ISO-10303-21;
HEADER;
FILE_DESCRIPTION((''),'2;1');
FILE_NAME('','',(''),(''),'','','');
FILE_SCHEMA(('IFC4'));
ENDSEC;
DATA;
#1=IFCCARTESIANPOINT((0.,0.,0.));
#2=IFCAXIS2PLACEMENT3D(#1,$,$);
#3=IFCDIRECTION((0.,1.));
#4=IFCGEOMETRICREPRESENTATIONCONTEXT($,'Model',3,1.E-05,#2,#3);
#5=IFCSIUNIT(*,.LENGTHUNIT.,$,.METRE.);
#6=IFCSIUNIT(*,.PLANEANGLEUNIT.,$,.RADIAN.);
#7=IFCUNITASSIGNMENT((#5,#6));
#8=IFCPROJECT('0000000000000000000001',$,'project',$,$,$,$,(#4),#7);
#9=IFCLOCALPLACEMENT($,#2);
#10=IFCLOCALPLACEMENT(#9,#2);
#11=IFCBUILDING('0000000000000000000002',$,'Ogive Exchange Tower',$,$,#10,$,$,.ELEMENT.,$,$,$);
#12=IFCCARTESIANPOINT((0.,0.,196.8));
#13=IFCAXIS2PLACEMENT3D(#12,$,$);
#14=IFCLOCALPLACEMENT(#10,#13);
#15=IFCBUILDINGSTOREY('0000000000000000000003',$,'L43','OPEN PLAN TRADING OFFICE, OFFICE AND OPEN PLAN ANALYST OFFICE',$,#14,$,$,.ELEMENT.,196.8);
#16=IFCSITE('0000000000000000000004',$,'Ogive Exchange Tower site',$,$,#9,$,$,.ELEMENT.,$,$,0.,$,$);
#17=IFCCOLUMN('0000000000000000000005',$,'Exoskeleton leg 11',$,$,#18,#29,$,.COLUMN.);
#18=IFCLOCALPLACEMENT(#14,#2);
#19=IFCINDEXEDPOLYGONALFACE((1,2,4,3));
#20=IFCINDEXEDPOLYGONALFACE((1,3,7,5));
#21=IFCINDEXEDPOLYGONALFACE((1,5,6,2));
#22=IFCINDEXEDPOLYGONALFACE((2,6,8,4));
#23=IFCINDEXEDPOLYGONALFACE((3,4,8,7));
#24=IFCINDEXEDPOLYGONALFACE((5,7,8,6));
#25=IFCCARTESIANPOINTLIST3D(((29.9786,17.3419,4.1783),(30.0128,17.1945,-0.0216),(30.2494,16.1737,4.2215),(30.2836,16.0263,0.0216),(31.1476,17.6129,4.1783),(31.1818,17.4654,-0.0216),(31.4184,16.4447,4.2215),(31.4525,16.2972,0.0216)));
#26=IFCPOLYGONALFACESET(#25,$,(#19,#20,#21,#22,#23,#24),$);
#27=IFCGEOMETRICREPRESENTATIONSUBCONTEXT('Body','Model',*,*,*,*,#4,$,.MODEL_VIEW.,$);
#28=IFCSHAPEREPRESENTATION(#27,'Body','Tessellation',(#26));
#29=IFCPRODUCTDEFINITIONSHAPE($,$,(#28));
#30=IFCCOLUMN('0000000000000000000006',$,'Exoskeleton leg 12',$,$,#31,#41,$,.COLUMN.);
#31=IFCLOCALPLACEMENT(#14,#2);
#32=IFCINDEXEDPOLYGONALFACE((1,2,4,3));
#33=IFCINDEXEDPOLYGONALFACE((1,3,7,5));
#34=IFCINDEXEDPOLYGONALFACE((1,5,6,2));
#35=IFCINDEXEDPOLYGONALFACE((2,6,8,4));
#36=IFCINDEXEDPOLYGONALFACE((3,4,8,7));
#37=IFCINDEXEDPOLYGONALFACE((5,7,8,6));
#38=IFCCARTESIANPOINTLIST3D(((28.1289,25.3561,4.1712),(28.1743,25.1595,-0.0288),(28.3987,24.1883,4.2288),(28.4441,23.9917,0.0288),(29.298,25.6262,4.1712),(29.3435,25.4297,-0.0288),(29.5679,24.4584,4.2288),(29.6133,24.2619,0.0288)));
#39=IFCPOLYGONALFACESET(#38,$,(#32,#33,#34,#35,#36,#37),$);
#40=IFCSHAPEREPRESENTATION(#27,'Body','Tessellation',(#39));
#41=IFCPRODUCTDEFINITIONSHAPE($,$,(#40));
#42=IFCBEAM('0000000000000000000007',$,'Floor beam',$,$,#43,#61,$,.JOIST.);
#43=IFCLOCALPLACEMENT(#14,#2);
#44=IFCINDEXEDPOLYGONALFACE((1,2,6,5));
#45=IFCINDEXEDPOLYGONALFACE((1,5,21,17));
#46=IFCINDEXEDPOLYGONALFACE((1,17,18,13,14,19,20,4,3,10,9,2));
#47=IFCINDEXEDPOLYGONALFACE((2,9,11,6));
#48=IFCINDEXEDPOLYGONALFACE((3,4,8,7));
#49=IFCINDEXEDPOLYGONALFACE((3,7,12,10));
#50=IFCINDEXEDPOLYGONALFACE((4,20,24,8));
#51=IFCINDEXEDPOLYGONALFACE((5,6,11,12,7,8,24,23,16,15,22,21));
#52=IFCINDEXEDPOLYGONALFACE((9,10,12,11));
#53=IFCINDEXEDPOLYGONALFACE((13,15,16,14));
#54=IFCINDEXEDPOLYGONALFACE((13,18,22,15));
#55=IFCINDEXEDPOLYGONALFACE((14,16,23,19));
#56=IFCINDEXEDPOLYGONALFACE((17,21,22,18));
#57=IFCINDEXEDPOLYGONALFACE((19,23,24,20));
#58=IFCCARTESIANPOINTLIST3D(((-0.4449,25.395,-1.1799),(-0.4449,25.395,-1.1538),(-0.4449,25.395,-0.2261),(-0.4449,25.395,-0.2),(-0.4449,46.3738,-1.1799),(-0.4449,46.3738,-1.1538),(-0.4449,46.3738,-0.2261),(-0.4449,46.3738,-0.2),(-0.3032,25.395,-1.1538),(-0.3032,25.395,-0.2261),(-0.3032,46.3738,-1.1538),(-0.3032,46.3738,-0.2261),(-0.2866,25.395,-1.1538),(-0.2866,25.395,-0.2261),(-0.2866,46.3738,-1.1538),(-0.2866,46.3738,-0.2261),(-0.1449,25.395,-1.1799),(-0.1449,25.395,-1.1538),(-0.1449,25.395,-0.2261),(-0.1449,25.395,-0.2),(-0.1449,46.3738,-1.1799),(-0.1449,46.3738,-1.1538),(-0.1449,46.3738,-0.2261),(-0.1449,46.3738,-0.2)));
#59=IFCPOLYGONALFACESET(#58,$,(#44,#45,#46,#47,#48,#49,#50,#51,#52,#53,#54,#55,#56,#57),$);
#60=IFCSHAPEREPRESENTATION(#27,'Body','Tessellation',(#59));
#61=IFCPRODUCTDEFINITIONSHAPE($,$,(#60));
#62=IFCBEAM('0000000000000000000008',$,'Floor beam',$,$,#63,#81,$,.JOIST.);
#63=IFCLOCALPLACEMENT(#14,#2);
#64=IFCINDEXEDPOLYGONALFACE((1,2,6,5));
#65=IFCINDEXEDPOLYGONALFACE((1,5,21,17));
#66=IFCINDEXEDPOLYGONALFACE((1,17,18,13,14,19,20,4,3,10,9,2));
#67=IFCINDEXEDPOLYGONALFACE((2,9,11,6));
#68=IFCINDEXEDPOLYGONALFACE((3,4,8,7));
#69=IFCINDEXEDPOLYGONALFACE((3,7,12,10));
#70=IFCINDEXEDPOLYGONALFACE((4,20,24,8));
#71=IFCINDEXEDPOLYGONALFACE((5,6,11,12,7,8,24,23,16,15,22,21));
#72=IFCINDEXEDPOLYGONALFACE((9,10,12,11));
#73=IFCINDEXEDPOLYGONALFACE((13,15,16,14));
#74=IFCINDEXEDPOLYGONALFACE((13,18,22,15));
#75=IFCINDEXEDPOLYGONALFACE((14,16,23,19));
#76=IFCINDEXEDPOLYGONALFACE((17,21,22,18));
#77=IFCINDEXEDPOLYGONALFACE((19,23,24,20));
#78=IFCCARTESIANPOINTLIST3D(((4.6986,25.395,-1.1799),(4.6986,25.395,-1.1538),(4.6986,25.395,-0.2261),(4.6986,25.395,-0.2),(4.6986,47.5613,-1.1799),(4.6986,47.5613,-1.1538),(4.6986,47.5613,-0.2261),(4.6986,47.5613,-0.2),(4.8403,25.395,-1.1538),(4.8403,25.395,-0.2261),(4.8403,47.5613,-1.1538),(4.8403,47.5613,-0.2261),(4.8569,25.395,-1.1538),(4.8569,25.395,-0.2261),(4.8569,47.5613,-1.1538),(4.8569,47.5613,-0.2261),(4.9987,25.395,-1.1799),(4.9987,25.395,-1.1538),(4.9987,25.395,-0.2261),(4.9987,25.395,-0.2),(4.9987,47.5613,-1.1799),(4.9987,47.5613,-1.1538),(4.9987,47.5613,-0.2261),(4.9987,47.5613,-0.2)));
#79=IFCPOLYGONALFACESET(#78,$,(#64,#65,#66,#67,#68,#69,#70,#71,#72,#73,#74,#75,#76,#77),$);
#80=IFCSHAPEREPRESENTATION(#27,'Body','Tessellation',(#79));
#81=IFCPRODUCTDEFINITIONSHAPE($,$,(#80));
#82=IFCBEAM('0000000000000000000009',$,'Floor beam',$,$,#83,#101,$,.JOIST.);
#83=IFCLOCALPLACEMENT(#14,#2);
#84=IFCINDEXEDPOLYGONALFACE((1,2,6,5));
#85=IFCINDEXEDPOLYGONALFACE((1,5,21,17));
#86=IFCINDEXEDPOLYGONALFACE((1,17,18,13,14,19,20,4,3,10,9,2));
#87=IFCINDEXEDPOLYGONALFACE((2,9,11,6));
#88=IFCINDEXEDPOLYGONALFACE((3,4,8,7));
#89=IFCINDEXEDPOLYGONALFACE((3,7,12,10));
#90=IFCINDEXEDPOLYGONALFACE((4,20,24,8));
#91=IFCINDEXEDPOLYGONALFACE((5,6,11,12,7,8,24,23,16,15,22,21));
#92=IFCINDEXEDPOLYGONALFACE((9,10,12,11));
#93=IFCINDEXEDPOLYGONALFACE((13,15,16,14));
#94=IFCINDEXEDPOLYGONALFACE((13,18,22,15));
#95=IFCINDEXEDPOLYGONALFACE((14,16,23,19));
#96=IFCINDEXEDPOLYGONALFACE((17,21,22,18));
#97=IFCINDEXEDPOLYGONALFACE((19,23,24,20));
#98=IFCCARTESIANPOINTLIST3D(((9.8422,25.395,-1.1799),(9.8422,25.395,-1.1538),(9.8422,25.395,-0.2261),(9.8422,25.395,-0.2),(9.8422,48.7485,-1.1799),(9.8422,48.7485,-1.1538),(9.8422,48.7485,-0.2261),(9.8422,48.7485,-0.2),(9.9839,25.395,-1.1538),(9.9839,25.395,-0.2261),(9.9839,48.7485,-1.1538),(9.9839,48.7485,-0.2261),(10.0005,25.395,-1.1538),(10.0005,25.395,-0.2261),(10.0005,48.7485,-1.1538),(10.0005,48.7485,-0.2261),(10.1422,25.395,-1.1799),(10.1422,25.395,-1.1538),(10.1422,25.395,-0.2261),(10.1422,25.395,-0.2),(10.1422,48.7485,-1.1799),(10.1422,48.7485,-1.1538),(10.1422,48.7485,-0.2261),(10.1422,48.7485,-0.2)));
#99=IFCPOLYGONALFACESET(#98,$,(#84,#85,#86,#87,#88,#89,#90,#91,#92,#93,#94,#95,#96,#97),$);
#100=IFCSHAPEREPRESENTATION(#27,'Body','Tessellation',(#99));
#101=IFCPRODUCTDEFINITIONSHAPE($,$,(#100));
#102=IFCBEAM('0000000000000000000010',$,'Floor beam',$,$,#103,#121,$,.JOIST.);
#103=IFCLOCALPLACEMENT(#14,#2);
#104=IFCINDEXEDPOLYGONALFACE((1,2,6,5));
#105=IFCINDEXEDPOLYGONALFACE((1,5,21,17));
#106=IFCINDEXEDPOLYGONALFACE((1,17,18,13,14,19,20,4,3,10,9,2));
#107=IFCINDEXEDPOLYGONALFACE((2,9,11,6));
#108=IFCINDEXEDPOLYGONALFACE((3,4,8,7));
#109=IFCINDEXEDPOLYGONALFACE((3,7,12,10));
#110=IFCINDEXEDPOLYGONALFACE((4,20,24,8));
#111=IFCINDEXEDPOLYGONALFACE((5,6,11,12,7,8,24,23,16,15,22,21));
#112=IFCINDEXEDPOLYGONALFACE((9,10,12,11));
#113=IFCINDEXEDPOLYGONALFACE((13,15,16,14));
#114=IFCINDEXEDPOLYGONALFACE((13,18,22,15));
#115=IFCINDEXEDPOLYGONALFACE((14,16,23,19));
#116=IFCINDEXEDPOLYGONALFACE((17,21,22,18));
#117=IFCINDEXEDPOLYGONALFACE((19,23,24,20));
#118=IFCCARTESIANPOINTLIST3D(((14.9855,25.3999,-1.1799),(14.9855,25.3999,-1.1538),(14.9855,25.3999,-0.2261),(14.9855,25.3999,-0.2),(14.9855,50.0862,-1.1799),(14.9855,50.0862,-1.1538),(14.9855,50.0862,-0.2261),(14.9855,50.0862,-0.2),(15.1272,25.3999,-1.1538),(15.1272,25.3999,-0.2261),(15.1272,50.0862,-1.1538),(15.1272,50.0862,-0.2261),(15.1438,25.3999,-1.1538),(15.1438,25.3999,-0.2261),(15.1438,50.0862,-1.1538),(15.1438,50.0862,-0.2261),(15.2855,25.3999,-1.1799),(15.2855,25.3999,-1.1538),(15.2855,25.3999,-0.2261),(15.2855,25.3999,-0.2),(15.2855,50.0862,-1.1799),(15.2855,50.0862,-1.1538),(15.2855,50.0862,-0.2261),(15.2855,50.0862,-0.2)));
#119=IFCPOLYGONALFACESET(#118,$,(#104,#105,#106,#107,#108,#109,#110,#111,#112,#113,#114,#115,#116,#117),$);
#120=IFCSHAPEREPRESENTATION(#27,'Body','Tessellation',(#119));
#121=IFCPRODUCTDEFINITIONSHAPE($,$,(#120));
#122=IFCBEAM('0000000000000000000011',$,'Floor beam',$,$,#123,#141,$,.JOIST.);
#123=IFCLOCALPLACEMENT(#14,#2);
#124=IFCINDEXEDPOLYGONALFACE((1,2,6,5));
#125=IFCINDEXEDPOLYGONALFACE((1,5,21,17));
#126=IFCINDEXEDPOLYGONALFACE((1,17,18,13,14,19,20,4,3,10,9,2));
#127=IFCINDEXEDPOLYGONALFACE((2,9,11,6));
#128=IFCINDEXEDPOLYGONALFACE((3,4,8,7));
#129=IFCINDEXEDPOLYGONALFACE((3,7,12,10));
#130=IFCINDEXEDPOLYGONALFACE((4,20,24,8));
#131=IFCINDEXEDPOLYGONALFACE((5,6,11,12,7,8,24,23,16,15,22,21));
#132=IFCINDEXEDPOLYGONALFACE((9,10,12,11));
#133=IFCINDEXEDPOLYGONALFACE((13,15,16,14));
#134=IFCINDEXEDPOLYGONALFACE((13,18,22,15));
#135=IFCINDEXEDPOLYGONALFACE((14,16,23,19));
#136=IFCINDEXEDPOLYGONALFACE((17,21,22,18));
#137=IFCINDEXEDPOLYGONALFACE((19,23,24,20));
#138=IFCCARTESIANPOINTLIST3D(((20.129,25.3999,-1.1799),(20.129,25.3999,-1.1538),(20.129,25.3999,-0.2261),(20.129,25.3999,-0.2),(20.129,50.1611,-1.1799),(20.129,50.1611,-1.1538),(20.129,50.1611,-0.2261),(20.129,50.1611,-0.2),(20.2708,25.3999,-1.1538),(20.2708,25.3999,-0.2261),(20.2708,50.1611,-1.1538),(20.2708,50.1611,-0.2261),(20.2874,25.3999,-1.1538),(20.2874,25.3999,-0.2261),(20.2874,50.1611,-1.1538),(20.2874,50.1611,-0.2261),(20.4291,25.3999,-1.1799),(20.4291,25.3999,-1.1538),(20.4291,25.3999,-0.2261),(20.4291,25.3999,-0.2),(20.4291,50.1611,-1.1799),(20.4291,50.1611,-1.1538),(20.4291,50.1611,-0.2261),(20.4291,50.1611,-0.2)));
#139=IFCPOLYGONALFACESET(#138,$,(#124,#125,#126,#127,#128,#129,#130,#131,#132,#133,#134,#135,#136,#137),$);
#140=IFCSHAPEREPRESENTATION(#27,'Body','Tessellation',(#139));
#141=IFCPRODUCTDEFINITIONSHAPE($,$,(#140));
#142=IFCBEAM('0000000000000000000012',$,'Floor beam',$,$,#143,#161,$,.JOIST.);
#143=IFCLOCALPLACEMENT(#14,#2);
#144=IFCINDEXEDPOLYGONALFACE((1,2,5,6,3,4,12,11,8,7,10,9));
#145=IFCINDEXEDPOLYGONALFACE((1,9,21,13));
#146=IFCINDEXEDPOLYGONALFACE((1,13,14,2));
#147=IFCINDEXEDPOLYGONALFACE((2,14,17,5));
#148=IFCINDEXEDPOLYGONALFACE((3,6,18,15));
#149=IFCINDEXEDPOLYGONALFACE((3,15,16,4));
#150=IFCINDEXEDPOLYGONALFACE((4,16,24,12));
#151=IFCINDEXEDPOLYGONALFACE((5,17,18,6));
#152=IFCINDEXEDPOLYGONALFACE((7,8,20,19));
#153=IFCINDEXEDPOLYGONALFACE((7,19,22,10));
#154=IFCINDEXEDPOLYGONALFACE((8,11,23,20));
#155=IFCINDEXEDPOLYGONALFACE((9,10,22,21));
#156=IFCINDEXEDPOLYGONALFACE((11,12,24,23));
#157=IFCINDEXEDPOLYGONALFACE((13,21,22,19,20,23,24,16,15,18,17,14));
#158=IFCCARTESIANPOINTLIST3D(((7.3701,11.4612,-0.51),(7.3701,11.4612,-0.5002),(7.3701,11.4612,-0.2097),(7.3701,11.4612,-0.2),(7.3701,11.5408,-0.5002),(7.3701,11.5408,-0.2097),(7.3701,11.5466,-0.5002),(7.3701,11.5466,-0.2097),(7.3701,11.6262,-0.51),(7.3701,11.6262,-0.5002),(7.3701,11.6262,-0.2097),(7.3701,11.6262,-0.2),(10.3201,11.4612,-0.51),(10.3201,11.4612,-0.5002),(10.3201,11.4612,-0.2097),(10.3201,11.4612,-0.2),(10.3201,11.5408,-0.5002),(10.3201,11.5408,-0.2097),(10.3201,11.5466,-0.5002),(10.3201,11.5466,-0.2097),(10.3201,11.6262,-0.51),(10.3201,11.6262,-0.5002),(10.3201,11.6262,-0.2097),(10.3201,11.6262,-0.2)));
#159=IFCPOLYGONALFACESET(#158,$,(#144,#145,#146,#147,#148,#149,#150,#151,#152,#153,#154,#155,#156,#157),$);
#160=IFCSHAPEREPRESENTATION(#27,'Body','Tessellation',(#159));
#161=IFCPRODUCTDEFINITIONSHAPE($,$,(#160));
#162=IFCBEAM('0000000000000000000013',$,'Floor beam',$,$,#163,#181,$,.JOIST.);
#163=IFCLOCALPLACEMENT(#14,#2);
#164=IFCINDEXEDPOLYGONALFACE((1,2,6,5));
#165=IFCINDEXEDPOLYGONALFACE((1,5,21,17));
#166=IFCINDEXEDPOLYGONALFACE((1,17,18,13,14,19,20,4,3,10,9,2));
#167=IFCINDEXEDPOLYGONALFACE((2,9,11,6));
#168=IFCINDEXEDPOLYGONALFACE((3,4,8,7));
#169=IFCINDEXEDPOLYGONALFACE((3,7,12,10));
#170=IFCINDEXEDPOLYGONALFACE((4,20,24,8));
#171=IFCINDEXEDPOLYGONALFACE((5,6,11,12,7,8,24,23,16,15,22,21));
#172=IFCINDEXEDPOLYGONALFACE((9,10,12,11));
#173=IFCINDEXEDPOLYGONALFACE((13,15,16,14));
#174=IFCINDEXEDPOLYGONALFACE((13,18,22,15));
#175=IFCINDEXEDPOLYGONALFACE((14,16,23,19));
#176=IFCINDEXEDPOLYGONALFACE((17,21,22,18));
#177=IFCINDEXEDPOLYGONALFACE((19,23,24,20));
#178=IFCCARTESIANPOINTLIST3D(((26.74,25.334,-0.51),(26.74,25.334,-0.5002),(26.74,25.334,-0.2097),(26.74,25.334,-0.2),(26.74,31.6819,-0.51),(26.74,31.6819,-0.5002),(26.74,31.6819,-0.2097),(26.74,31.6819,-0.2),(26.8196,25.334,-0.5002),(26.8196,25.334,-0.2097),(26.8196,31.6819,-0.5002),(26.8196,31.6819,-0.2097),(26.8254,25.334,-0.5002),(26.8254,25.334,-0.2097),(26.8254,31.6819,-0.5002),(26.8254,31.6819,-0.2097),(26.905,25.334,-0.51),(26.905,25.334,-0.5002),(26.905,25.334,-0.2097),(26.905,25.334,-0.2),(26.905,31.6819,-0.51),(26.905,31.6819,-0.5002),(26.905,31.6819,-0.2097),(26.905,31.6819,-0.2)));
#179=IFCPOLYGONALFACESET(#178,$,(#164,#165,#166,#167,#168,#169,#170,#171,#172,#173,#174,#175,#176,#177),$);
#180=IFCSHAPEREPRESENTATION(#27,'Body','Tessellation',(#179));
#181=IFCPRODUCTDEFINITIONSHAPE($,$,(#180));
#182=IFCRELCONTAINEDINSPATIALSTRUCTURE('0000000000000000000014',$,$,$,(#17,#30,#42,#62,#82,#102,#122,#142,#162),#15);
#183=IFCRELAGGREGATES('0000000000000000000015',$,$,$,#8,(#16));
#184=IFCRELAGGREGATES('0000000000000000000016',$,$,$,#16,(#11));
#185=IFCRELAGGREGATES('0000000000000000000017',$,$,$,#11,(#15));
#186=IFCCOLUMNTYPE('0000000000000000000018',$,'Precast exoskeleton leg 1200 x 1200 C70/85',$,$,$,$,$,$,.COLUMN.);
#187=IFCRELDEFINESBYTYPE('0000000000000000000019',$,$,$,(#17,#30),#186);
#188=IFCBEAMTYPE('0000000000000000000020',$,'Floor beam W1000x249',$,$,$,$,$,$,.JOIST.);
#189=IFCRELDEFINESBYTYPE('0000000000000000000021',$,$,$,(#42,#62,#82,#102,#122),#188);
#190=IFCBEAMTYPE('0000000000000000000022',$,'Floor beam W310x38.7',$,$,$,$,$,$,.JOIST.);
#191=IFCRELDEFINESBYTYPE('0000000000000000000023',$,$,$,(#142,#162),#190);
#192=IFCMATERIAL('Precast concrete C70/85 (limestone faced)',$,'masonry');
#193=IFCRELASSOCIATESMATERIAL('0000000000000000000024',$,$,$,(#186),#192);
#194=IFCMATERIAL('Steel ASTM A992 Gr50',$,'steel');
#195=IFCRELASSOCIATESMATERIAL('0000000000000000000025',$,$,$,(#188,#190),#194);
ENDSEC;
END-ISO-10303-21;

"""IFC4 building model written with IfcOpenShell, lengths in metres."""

from ifc_helpers import new_model, si_unit, direction, frame, origin, origin_2d, place, context, subcontext, project, spatial, rectangle, i_section, extrude, material, material_profile, profile_set, type_object, element, save


model = new_model("IFC4")

# Units and contexts
model_context = context("Model", 3, precision=1e-05, world=origin(), true_north=direction((0.0, 1.0)))
body_context = subcontext(model_context, "Body", "Model", "MODEL_VIEW")
ifc_project = project(units=[si_unit("LENGTHUNIT", "METRE"), si_unit("PLANEANGLEUNIT", "RADIAN")], contexts=[model_context])

# Site, building, storey
site_placement = place(None, origin())
site = spatial("IfcSite", under=ifc_project, at=site_placement, Name="Ogive Exchange Tower site", CompositionType="ELEMENT", RefElevation=0.0)
building_placement = place(site_placement, origin())
building = spatial("IfcBuilding", under=site, at=building_placement, Name="Ogive Exchange Tower", CompositionType="ELEMENT")
storey_placement = place(building_placement, frame((0.0, 0.0, 196.8)))
storey = spatial("IfcBuildingStorey", under=building, at=storey_placement, Name="L43", Description="OPEN PLAN TRADING OFFICE, OFFICE AND OPEN PLAN ANALYST OFFICE", CompositionType="ELEMENT", Elevation=196.8)

# Columns
ifc_material_1 = material(Name="Precast concrete C70/85 (limestone faced)", Category="masonry")
ifc_material_profile_1 = material_profile(ifc_material_1, rectangle(XDim=1.2, YDim=1.2, at=origin_2d()), Name="1200 x 1200")
ifc_profile_set_1 = profile_set([ifc_material_profile_1], Name="Precast concrete C70/85 (limestone faced)")
column_type = type_object("IfcColumnType", Name="Precast exoskeleton leg 1200 x 1200 C70/85", PredefinedType="COLUMN", material=ifc_profile_set_1)
column_1_placement = place(storey_placement, frame((30.7327, 16.7458, 0.0), z_axis=(-0.008133, 0.035087, 0.999351), x_axis=(-0.974173, -0.225802, 0.0)))
element("IfcColumn", 1, at=column_1_placement, inside=storey, type_object=column_type, Name="Exoskeleton leg 11", PredefinedType="COLUMN", context=body_context, shape_type="SweptSolid", body=[
    extrude(rectangle(XDim=1.2, YDim=1.2, at=origin_2d()), origin(), (0.0, 0.0, 1.0), 4.2026),
])
column_2_placement = place(storey_placement, frame((28.8938, 24.7107, 0.0), z_axis=(-0.0108, 0.04674, 0.998849), x_axis=(-0.97433, -0.225125, 0.0)))
element("IfcColumn", 2, at=column_2_placement, inside=storey, type_object=column_type, Name="Exoskeleton leg 12", PredefinedType="COLUMN", context=body_context, shape_type="SweptSolid", body=[
    extrude(rectangle(XDim=1.2, YDim=1.2, at=origin_2d()), origin(), (0.0, 0.0, 1.0), 4.2048),
])

# Beams
ifc_material_2 = material(Name="Steel ASTM A992 Gr50", Category="steel")
ifc_material_profile_2 = material_profile(ifc_material_2, i_section(OverallWidth=0.3, OverallDepth=0.98, WebThickness=0.0166, FlangeThickness=0.0261, at=origin_2d()), Name="W1000x249")
ifc_profile_set_2 = profile_set([ifc_material_profile_2], Name="Steel ASTM A992 Gr50")
beam_type_1 = type_object("IfcBeamType", Name="Floor beam W1000x249", PredefinedType="JOIST", material=ifc_profile_set_2)
beam_1_placement = place(storey_placement, frame((-0.2949, 25.395, -0.6899), z_axis=(0.0, 1.0, 0.0), x_axis=(-1.0, 0.0, 0.0)))
element("IfcBeam", 3, at=beam_1_placement, inside=storey, type_object=beam_type_1, Name="Floor beam", PredefinedType="JOIST", context=body_context, shape_type="SweptSolid", body=[
    extrude(i_section(OverallWidth=0.3, OverallDepth=0.98, WebThickness=0.0166, FlangeThickness=0.0261, at=origin_2d()), origin(), (0.0, 0.0, 1.0), 20.9788),
])
beam_2_placement = place(storey_placement, frame((4.8486, 25.395, -0.6899), z_axis=(0.0, 1.0, 0.0), x_axis=(-1.0, 0.0, 0.0)))
element("IfcBeam", 4, at=beam_2_placement, inside=storey, type_object=beam_type_1, Name="Floor beam", PredefinedType="JOIST", context=body_context, shape_type="SweptSolid", body=[
    extrude(i_section(OverallWidth=0.3, OverallDepth=0.98, WebThickness=0.0166, FlangeThickness=0.0261, at=origin_2d()), origin(), (0.0, 0.0, 1.0), 22.1663),
])
beam_3_placement = place(storey_placement, frame((9.9922, 25.395, -0.6899), z_axis=(0.0, 1.0, 0.0), x_axis=(-1.0, 0.0, 0.0)))
element("IfcBeam", 5, at=beam_3_placement, inside=storey, type_object=beam_type_1, Name="Floor beam", PredefinedType="JOIST", context=body_context, shape_type="SweptSolid", body=[
    extrude(i_section(OverallWidth=0.3, OverallDepth=0.98, WebThickness=0.0166, FlangeThickness=0.0261, at=origin_2d()), origin(), (0.0, 0.0, 1.0), 23.3535),
])
beam_4_placement = place(storey_placement, frame((15.1355, 25.3999, -0.6899), z_axis=(0.0, 1.0, 0.0), x_axis=(-1.0, 0.0, 0.0)))
element("IfcBeam", 6, at=beam_4_placement, inside=storey, type_object=beam_type_1, Name="Floor beam", PredefinedType="JOIST", context=body_context, shape_type="SweptSolid", body=[
    extrude(i_section(OverallWidth=0.3, OverallDepth=0.98, WebThickness=0.0166, FlangeThickness=0.0261, at=origin_2d()), origin(), (0.0, 0.0, 1.0), 24.6863),
])
beam_5_placement = place(storey_placement, frame((20.2791, 25.3999, -0.6899), z_axis=(0.0, 1.0, 0.0), x_axis=(-1.0, 0.0, 0.0)))
element("IfcBeam", 7, at=beam_5_placement, inside=storey, type_object=beam_type_1, Name="Floor beam", PredefinedType="JOIST", context=body_context, shape_type="SweptSolid", body=[
    extrude(i_section(OverallWidth=0.3, OverallDepth=0.98, WebThickness=0.0166, FlangeThickness=0.0261, at=origin_2d()), origin(), (0.0, 0.0, 1.0), 24.7612),
])
ifc_material_profile_3 = material_profile(ifc_material_2, i_section(OverallWidth=0.165, OverallDepth=0.3101, WebThickness=0.0059, FlangeThickness=0.0098, at=origin_2d()), Name="W310x38.7")
ifc_profile_set_3 = profile_set([ifc_material_profile_3], Name="Steel ASTM A992 Gr50")
beam_type_2 = type_object("IfcBeamType", Name="Floor beam W310x38.7", PredefinedType="JOIST", material=ifc_profile_set_3)
beam_6_placement = place(storey_placement, frame((7.3701, 11.5437, -0.355), z_axis=(1.0, 0.0, 0.0), x_axis=(0.0, 1.0, 0.0)))
element("IfcBeam", 8, at=beam_6_placement, inside=storey, type_object=beam_type_2, Name="Floor beam", PredefinedType="JOIST", context=body_context, shape_type="SweptSolid", body=[
    extrude(i_section(OverallWidth=0.165, OverallDepth=0.3101, WebThickness=0.0059, FlangeThickness=0.0098, at=origin_2d()), origin(), (0.0, 0.0, 1.0), 2.95),
])
beam_7_placement = place(storey_placement, frame((26.8225, 25.334, -0.355), z_axis=(0.0, 1.0, 0.0), x_axis=(-1.0, 0.0, 0.0)))
element("IfcBeam", 9, at=beam_7_placement, inside=storey, type_object=beam_type_2, Name="Floor beam", PredefinedType="JOIST", context=body_context, shape_type="SweptSolid", body=[
    extrude(i_section(OverallWidth=0.165, OverallDepth=0.3101, WebThickness=0.0059, FlangeThickness=0.0098, at=origin_2d()), origin(), (0.0, 0.0, 1.0), 6.3479),
])

save(model, "model.ifc")
